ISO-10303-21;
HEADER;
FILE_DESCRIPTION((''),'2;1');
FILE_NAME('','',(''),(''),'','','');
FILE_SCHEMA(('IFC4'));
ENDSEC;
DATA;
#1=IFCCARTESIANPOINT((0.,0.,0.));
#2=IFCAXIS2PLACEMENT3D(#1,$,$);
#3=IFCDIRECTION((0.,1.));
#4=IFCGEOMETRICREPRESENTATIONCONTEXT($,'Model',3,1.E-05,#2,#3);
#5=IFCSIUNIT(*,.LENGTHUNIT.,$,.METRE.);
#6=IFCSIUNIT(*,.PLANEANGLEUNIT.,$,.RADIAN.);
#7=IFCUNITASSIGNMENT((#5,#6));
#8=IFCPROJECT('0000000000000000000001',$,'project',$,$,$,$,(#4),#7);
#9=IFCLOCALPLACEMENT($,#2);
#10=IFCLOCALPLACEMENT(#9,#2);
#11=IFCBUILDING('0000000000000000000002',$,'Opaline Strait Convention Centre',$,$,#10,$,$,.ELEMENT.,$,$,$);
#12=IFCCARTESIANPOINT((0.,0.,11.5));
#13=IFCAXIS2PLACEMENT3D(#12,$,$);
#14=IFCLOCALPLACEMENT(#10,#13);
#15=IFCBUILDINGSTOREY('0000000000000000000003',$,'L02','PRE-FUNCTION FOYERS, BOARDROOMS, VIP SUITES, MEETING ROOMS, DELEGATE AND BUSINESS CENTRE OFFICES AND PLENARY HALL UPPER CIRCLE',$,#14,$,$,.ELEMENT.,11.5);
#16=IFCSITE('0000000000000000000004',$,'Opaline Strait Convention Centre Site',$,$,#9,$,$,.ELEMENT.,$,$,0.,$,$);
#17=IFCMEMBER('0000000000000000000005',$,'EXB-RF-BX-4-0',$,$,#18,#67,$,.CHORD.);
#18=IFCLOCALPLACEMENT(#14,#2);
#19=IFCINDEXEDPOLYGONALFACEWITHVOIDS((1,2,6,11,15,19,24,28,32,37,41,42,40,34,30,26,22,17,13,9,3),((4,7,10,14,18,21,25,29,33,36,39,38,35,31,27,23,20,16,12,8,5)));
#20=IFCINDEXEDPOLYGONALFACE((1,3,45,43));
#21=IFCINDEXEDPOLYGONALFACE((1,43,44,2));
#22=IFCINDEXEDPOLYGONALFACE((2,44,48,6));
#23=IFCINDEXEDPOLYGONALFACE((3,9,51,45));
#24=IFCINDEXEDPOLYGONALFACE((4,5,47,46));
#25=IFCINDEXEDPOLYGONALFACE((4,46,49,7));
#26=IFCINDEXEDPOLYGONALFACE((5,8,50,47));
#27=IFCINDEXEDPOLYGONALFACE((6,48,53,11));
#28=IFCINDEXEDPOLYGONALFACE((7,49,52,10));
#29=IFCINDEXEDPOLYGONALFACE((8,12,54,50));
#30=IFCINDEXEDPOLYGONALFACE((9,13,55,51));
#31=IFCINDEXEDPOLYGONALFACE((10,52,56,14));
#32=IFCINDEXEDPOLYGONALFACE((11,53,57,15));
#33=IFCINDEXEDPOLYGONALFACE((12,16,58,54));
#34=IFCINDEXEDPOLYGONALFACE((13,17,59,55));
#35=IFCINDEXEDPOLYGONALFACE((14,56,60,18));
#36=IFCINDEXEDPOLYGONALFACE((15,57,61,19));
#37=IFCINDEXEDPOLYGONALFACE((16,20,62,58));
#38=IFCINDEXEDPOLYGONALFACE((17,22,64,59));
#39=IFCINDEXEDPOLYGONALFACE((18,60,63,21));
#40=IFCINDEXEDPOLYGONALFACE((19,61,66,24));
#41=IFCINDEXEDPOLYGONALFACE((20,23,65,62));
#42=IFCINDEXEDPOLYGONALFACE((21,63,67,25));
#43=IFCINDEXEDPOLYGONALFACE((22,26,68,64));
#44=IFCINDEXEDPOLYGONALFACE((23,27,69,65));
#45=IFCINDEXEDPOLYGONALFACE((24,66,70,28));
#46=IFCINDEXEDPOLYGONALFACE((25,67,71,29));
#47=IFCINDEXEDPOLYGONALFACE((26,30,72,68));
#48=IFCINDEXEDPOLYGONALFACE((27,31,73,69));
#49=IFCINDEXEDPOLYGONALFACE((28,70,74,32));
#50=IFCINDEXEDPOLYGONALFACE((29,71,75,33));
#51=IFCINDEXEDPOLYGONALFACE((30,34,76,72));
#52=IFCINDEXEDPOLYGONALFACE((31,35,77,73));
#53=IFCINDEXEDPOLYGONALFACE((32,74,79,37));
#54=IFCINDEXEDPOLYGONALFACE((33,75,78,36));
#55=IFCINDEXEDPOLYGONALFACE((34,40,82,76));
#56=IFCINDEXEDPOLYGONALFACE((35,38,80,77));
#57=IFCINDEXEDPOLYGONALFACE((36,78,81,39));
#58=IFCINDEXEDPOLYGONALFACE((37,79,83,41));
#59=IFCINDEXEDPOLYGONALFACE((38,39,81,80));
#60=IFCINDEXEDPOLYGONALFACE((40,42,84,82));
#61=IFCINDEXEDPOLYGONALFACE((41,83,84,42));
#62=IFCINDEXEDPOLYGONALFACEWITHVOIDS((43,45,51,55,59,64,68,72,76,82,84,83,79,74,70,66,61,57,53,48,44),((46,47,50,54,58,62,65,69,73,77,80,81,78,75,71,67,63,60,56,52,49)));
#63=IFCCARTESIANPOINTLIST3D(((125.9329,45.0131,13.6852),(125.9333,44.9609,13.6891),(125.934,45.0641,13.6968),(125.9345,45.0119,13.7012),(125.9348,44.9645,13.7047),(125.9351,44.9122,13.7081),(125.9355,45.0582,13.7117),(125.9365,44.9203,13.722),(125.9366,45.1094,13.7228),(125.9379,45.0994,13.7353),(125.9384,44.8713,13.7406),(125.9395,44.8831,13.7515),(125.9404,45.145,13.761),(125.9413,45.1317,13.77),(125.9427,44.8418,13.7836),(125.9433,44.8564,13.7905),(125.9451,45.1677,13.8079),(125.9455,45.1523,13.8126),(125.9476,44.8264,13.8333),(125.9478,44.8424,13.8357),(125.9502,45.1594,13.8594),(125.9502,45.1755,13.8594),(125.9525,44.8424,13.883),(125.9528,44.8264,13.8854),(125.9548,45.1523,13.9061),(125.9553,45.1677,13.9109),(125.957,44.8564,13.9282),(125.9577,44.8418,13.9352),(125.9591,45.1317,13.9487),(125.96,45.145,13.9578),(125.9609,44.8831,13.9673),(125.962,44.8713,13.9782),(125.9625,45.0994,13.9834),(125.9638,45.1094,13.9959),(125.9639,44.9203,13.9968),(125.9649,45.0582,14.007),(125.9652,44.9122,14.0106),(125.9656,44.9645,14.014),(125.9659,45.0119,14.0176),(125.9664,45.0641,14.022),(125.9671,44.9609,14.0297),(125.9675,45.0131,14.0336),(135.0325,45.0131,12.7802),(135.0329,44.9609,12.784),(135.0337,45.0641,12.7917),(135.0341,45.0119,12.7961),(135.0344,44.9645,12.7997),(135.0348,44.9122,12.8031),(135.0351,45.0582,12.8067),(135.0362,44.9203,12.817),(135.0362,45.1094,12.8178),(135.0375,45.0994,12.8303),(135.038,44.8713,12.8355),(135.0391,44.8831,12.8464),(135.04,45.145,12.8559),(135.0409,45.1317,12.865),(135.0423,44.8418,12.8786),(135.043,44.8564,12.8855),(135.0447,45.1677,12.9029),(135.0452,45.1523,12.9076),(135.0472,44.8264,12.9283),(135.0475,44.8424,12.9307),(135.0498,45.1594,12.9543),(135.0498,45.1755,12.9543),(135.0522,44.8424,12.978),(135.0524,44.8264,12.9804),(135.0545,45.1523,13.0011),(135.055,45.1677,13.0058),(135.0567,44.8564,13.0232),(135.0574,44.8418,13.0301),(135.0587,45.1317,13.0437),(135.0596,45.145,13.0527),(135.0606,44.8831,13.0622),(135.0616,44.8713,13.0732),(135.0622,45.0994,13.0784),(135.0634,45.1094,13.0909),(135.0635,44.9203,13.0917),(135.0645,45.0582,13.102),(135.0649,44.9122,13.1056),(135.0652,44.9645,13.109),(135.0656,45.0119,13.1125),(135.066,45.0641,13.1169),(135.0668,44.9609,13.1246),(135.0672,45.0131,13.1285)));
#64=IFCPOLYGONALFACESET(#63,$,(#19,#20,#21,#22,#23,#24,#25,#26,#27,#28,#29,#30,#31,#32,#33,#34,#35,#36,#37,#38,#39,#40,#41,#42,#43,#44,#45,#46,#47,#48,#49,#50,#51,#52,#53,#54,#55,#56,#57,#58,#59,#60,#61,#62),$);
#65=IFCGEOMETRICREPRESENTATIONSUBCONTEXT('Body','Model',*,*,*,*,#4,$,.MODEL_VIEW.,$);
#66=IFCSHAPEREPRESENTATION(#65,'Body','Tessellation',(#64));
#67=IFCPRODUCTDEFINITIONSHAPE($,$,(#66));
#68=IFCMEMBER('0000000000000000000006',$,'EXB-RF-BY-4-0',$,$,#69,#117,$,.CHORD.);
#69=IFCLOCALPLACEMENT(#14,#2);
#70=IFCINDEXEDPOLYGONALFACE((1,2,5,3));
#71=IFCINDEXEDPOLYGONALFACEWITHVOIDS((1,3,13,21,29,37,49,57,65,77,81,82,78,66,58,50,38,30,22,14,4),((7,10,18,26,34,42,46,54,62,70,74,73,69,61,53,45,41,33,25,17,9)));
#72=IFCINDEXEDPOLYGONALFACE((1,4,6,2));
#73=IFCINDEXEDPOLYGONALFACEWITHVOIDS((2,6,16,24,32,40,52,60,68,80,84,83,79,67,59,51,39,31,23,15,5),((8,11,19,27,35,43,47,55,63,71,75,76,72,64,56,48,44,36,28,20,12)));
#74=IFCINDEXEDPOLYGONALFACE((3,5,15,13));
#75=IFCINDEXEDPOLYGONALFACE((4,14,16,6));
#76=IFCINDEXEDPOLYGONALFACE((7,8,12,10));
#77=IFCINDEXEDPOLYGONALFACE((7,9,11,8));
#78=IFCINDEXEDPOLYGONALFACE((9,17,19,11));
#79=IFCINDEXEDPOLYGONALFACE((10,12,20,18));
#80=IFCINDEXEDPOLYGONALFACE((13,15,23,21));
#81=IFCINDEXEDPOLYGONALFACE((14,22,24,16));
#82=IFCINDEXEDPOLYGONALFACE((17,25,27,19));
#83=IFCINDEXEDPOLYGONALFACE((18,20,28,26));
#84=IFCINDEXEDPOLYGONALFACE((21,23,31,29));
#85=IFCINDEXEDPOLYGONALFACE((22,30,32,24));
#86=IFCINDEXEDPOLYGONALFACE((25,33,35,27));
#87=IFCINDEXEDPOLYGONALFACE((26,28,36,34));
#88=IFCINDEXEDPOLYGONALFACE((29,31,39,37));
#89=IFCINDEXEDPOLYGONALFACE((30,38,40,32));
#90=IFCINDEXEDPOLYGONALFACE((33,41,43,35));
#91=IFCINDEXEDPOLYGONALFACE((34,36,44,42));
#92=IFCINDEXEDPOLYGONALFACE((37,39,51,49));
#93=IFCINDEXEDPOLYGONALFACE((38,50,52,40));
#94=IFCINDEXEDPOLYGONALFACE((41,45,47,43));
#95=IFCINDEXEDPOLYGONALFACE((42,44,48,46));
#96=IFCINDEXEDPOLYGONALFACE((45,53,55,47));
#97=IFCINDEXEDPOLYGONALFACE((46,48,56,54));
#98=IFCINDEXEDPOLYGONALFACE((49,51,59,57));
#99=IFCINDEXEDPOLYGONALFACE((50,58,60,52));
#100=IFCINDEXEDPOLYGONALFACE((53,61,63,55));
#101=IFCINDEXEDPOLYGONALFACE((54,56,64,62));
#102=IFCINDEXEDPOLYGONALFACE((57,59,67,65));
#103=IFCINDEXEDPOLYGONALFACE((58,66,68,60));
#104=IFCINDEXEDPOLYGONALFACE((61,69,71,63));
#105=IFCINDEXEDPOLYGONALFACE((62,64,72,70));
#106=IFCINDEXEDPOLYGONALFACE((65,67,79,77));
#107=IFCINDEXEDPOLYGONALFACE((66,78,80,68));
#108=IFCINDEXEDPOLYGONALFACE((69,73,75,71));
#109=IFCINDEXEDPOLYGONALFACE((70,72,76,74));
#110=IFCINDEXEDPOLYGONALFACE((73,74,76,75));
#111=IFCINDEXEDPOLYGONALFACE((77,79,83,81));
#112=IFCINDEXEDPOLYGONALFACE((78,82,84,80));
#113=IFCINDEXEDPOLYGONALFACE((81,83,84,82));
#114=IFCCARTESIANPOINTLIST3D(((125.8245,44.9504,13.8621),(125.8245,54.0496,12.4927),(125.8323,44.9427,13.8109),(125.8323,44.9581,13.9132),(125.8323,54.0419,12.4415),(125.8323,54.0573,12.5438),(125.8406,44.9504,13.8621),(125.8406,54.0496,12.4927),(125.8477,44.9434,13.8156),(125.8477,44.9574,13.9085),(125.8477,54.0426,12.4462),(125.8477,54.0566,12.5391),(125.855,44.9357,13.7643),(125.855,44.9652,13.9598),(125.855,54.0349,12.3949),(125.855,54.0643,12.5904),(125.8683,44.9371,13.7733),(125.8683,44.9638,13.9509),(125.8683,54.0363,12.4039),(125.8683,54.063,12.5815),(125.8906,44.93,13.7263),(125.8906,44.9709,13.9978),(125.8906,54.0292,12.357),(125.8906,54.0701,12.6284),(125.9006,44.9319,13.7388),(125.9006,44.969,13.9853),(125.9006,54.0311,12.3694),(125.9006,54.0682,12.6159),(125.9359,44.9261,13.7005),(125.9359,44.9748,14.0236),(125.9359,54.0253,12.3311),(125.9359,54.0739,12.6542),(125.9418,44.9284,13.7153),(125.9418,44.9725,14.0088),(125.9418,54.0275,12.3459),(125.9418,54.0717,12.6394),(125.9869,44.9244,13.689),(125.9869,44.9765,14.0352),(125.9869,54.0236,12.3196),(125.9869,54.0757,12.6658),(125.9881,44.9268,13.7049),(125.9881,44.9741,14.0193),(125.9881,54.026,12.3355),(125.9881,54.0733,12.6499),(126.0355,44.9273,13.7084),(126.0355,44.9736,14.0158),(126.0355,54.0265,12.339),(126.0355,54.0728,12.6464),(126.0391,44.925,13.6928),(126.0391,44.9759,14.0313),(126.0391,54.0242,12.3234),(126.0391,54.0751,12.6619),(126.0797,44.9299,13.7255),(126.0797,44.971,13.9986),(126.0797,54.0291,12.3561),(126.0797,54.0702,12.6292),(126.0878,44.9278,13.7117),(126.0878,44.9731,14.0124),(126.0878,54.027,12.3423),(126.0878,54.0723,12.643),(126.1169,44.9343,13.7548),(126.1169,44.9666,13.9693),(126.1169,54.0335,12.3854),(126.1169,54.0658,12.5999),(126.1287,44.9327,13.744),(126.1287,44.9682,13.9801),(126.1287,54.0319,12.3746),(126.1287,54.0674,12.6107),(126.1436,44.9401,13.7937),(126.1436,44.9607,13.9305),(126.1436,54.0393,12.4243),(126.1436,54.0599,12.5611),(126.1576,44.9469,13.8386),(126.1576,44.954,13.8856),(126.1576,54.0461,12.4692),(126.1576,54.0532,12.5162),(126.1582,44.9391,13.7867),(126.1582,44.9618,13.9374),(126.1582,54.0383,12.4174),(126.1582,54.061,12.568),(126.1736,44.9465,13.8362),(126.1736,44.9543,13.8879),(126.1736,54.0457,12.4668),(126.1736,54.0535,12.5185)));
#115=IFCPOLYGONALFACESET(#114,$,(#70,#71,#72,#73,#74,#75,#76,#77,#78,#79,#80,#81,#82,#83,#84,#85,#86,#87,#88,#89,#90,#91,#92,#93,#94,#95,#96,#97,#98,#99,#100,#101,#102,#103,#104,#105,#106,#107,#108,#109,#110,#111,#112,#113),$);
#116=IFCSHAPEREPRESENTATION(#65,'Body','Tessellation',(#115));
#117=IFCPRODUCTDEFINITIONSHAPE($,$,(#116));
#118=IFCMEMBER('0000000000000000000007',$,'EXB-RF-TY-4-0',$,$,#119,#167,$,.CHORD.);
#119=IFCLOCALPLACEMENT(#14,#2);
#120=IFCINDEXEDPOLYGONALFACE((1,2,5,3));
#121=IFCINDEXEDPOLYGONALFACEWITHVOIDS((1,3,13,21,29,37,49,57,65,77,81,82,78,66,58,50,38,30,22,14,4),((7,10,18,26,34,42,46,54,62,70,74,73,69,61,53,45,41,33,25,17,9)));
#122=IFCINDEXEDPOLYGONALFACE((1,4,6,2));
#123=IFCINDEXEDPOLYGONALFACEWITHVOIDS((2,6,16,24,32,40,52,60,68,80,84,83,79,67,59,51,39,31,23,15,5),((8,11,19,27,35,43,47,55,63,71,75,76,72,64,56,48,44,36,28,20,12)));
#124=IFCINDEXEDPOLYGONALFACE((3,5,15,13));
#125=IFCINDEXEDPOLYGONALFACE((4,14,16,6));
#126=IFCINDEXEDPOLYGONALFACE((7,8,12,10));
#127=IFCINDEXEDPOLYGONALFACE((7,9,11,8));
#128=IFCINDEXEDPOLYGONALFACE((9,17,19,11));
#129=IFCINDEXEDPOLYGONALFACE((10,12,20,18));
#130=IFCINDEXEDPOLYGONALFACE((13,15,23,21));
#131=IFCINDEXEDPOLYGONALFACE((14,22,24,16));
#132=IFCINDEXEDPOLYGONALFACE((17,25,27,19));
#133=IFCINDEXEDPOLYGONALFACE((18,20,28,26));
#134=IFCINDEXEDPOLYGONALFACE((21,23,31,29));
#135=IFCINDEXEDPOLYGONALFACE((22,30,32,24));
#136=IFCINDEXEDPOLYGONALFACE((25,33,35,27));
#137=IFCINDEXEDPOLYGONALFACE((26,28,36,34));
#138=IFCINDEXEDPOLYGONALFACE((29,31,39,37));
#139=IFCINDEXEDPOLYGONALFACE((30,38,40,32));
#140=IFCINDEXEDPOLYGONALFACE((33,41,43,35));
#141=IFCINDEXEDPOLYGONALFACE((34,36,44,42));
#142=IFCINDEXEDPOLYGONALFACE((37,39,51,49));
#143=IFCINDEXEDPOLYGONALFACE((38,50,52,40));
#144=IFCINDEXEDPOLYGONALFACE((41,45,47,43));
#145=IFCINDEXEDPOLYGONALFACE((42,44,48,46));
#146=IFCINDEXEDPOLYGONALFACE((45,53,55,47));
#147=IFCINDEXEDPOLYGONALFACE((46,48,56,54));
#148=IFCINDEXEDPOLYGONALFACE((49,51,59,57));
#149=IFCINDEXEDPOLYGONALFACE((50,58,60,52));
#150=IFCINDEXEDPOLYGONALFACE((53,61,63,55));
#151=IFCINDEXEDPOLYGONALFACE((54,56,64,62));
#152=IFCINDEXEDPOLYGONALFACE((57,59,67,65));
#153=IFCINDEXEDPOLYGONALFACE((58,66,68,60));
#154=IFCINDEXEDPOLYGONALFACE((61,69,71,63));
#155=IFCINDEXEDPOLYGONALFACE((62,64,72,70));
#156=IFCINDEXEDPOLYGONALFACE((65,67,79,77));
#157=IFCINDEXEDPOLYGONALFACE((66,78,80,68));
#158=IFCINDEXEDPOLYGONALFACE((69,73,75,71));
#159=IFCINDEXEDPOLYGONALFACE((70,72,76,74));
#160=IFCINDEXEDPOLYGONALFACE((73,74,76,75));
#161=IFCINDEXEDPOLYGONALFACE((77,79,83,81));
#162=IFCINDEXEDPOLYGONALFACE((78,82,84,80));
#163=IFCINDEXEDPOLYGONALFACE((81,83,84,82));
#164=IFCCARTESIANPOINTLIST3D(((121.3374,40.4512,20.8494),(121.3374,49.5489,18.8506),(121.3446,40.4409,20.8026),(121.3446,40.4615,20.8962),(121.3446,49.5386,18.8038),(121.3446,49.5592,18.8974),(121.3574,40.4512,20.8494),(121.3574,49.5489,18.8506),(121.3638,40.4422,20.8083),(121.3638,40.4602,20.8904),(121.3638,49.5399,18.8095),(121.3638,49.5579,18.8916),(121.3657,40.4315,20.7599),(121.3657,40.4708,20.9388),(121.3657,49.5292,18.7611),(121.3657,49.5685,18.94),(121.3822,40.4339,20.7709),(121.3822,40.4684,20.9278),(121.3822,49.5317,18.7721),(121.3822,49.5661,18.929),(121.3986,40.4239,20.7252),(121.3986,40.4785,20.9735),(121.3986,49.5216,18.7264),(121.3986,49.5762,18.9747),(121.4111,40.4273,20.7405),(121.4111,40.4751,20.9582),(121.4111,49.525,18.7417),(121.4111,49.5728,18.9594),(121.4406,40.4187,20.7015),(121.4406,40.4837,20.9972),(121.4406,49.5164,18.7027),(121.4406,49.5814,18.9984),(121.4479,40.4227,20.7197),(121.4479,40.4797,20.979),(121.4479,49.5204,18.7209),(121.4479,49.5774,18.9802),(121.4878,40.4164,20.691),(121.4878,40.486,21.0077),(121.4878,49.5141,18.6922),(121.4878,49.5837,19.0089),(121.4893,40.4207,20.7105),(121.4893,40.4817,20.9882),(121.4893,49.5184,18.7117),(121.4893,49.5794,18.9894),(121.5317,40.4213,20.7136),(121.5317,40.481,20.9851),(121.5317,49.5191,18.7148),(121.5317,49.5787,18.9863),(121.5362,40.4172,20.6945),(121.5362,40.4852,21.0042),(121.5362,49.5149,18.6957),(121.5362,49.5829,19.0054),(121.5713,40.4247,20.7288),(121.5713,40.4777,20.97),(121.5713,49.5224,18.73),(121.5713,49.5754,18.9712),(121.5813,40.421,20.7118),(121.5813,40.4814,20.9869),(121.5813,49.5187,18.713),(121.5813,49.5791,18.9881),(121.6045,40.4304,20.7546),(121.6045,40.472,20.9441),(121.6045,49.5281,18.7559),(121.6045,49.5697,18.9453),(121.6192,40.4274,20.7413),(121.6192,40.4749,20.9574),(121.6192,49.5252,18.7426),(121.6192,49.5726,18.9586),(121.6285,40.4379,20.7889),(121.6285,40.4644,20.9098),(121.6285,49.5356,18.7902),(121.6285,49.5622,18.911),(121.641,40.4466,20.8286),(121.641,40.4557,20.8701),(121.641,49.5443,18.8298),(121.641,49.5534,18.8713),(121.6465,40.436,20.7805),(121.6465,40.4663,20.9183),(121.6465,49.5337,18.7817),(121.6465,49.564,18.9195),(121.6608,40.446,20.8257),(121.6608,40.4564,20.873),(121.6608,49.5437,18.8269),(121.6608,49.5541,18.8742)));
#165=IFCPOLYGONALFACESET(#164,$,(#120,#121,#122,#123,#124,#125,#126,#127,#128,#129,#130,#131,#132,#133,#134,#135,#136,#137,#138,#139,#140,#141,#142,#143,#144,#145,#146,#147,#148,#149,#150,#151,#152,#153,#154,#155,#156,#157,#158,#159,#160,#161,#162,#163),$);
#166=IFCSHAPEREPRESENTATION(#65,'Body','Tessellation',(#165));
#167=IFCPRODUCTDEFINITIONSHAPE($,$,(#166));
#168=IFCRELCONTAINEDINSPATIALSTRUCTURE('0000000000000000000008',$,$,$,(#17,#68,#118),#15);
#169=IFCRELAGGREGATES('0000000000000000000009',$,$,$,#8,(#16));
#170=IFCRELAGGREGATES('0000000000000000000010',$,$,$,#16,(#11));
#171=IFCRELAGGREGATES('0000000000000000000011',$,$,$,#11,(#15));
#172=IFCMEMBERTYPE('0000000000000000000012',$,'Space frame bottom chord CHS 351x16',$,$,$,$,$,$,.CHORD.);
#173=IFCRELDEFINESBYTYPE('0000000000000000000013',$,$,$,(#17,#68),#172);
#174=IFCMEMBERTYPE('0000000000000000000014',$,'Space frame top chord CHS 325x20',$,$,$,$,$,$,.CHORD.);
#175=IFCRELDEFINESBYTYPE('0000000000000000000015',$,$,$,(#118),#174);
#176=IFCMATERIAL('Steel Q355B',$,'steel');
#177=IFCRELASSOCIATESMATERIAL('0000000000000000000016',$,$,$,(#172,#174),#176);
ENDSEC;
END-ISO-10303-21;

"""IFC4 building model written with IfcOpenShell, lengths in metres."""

from ifc_helpers import new_model, si_unit, direction, frame, origin, origin_2d, place, context, subcontext, project, spatial, hollow_circle, extrude, material, material_profile, profile_set, type_object, element, save


model = new_model("IFC4")

# Units and contexts
model_context = context("Model", 3, precision=1e-05, world=origin(), true_north=direction((0.0, 1.0)))
body_context = subcontext(model_context, "Body", "Model", "MODEL_VIEW")
ifc_project = project(units=[si_unit("LENGTHUNIT", "METRE"), si_unit("PLANEANGLEUNIT", "RADIAN")], contexts=[model_context])

# Site, building, storey
site_placement = place(None, origin())
site = spatial("IfcSite", under=ifc_project, at=site_placement, Name="Opaline Strait Convention Centre Site", CompositionType="ELEMENT", RefElevation=0.0)
building_placement = place(site_placement, origin())
building = spatial("IfcBuilding", under=site, at=building_placement, Name="Opaline Strait Convention Centre", CompositionType="ELEMENT")
storey_placement = place(building_placement, frame((0.0, 0.0, 11.5)))
storey = spatial("IfcBuildingStorey", under=building, at=storey_placement, Name="L02", Description="PRE-FUNCTION FOYERS, BOARDROOMS, VIP SUITES, MEETING ROOMS, DELEGATE AND BUSINESS CENTRE OFFICES AND PLENARY HALL UPPER CIRCLE", CompositionType="ELEMENT", Elevation=11.5)

# Members
ifc_material_1 = material(Name="Steel Q355B", Category="steel")
ifc_material_profile_1 = material_profile(ifc_material_1, hollow_circle(Radius=0.1755, WallThickness=0.0161, at=origin_2d()), Name="CHS 351x16")
ifc_profile_set_1 = profile_set([ifc_material_profile_1], Name="Steel Q355B")
member_type_1 = type_object("IfcMemberType", Name="Space frame bottom chord CHS 351x16", PredefinedType="CHORD", material=ifc_profile_set_1)
member_1_placement = place(storey_placement, frame((125.9502, 45.0, 13.8594), z_axis=(0.99509, 0.0, -0.09897), x_axis=(0.0, 1.0, 0.0)))
element("IfcMember", 1, at=member_1_placement, inside=storey, type_object=member_type_1, Name="EXB-RF-BX-4-0", PredefinedType="CHORD", context=body_context, shape_type="SweptSolid", body=[
    extrude(hollow_circle(Radius=0.1755, WallThickness=0.0161, at=origin_2d()), origin(), (0.0, 0.0, 1.0), 9.1445),
])
member_2_placement = place(storey_placement, frame((126.0, 44.9504, 13.8621), z_axis=(0.0, 0.988864, -0.14882), x_axis=(-1.0, 0.0, 0.0)))
element("IfcMember", 2, at=member_2_placement, inside=storey, type_object=member_type_1, Name="EXB-RF-BY-4-0", PredefinedType="CHORD", context=body_context, shape_type="SweptSolid", body=[
    extrude(hollow_circle(Radius=0.1755, WallThickness=0.0161, at=origin_2d()), origin(), (0.0, 0.0, 1.0), 9.2017),
])
ifc_material_profile_2 = material_profile(ifc_material_1, hollow_circle(Radius=0.1626, WallThickness=0.02, at=origin_2d()), Name="CHS 325x20")
ifc_profile_set_2 = profile_set([ifc_material_profile_2], Name="Steel Q355B")
member_type_2 = type_object("IfcMemberType", Name="Space frame top chord CHS 325x20", PredefinedType="CHORD", material=ifc_profile_set_2)
member_3_placement = place(storey_placement, frame((121.5, 40.4512, 20.8494), z_axis=(0.0, 0.976705, -0.214585), x_axis=(-1.0, 0.0, 0.0)))
element("IfcMember", 3, at=member_3_placement, inside=storey, type_object=member_type_2, Name="EXB-RF-TY-4-0", PredefinedType="CHORD", context=body_context, shape_type="SweptSolid", body=[
    extrude(hollow_circle(Radius=0.1626, WallThickness=0.02, at=origin_2d()), origin(), (0.0, 0.0, 1.0), 9.3147),
])

save(model, "model.ifc")
